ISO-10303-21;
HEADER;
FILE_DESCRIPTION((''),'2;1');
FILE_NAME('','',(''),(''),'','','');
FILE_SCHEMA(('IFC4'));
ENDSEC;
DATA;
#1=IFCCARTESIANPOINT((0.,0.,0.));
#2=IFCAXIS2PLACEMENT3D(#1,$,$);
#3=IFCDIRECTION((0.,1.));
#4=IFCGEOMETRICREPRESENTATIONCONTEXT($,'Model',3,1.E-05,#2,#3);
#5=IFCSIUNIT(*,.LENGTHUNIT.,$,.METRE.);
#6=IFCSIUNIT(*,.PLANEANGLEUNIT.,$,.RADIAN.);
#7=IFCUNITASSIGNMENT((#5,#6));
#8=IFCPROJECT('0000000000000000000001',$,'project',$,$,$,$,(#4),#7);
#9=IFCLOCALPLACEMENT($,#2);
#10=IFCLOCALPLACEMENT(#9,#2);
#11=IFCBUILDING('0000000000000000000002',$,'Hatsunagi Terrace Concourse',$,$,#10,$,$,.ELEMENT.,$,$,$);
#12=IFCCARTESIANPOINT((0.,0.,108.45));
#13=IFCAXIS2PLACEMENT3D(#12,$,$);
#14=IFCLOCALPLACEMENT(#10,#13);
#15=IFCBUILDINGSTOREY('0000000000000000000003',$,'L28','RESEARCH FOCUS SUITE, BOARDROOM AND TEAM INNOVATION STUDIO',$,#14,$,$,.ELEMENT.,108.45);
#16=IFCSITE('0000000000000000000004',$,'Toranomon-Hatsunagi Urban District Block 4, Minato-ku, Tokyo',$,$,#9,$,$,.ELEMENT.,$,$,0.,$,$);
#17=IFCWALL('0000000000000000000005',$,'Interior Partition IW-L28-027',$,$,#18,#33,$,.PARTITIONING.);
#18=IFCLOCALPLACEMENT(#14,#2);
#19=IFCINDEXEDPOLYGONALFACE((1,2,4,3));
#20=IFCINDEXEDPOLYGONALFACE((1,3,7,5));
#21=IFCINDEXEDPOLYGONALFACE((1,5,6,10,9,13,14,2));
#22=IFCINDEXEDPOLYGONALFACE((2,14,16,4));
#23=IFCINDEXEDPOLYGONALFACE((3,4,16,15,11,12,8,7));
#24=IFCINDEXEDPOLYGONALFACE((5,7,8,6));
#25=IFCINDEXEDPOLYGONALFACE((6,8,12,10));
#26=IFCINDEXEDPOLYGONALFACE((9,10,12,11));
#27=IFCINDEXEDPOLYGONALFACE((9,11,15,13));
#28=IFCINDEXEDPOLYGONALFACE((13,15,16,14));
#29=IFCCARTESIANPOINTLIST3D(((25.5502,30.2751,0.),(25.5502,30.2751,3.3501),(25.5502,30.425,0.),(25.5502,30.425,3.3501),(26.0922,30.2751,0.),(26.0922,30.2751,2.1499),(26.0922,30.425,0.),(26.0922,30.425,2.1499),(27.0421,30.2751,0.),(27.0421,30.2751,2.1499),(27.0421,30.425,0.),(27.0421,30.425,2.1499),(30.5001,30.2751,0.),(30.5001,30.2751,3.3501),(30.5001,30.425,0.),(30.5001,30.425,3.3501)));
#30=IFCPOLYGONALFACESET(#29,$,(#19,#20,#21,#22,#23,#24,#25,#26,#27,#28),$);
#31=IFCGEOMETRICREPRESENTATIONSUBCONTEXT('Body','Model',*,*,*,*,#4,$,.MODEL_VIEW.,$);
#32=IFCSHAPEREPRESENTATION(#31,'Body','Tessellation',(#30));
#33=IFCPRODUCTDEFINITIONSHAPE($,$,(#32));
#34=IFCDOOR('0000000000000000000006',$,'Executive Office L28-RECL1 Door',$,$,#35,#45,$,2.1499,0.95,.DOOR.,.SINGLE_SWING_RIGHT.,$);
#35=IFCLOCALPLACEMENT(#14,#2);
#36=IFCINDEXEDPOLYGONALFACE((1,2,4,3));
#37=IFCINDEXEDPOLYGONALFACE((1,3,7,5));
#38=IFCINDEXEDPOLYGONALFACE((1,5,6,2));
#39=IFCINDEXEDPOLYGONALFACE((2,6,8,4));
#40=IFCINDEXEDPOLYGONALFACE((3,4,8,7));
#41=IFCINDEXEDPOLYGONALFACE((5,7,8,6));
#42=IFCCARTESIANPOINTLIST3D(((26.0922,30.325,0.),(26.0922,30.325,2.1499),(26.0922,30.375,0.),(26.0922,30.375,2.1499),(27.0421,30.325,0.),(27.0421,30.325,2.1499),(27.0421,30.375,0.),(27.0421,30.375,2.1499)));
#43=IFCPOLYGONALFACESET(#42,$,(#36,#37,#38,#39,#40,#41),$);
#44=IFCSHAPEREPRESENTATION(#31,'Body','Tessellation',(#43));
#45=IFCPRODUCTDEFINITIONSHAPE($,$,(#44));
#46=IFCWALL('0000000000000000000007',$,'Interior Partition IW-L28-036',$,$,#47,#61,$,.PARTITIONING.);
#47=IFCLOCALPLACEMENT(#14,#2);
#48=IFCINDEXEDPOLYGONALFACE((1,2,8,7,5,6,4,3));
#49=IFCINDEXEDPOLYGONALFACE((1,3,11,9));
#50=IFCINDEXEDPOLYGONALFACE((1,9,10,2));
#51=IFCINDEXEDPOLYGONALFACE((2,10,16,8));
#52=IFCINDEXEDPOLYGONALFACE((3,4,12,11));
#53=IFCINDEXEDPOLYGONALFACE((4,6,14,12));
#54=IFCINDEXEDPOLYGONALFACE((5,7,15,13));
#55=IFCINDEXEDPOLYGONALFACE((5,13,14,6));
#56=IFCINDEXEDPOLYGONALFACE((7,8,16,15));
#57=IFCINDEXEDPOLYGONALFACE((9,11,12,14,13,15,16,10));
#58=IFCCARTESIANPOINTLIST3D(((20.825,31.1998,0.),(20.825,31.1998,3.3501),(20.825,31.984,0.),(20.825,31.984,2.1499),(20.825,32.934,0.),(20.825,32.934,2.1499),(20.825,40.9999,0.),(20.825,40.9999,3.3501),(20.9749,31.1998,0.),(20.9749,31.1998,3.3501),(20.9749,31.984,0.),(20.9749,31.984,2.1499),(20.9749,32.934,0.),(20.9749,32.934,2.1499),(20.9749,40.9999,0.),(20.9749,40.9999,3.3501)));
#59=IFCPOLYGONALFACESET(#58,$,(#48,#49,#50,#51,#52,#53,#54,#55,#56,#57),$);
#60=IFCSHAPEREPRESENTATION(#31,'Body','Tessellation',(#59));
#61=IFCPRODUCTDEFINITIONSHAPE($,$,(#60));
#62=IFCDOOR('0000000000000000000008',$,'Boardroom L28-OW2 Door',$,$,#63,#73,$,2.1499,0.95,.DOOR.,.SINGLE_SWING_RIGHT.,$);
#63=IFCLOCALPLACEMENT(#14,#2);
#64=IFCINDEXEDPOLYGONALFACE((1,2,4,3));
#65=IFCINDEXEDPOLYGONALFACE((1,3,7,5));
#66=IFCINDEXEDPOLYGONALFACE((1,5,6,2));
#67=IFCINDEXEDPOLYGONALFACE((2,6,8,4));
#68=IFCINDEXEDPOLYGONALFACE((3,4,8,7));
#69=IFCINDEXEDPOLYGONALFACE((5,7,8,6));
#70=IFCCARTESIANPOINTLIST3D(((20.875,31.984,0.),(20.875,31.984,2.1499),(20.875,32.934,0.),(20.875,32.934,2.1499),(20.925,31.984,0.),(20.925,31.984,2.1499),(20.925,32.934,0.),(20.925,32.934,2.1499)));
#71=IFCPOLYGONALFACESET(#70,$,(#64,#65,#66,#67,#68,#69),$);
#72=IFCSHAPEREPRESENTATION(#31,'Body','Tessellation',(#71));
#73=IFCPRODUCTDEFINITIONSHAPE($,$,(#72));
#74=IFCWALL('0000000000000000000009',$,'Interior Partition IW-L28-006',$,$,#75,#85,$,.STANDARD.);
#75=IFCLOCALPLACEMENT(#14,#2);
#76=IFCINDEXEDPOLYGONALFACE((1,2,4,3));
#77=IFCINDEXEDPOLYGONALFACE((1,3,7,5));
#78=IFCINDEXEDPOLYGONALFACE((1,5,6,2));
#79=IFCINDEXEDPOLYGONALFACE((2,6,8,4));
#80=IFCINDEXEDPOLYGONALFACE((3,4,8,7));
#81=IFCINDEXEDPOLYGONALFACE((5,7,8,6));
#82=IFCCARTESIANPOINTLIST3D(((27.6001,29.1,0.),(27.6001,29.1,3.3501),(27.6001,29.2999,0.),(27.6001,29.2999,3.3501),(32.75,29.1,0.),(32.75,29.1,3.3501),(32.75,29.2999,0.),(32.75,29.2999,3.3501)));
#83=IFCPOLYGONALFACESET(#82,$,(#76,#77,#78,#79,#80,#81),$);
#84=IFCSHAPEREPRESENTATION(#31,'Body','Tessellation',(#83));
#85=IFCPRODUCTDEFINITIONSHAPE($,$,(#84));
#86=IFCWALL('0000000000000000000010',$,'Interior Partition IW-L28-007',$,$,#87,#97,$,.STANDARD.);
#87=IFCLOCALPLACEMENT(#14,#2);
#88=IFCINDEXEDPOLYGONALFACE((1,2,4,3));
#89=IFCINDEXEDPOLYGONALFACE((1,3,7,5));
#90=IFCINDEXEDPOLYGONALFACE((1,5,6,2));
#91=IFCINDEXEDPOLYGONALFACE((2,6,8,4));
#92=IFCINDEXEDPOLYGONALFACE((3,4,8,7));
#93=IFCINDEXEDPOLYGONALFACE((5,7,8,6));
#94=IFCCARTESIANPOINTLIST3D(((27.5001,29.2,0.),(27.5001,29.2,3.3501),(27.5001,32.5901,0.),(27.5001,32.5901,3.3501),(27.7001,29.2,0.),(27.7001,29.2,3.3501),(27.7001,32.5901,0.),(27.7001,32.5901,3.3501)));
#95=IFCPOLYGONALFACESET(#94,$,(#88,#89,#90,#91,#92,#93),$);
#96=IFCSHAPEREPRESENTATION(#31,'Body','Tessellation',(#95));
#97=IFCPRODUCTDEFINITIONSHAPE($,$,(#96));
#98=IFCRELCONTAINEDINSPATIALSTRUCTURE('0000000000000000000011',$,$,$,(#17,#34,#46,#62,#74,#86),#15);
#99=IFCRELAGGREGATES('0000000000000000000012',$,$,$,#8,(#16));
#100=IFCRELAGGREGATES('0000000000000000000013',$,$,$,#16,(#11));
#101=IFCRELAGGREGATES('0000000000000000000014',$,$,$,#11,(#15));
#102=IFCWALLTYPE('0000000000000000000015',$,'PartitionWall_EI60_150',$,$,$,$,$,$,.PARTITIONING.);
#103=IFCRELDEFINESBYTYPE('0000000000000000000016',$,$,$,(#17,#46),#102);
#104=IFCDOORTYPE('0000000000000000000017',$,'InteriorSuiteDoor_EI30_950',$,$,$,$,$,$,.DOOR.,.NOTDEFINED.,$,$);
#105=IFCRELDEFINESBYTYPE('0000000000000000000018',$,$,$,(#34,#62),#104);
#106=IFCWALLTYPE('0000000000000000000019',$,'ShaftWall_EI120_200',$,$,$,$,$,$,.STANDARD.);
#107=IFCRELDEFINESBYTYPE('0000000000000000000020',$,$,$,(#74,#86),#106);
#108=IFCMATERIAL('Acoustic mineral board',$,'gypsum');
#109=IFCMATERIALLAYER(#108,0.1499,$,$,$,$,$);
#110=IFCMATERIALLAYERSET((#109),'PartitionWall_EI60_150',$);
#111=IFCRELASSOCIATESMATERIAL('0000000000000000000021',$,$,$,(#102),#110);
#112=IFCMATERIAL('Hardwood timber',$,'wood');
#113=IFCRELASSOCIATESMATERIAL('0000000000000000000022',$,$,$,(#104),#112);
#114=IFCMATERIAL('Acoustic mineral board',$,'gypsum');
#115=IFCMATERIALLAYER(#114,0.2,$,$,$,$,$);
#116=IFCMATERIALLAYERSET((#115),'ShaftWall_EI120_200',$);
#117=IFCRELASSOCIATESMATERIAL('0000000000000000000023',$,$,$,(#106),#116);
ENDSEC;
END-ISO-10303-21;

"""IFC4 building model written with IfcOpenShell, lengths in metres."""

from ifc_helpers import new_model, si_unit, direction, frame, frame_2d, origin, place, context, subcontext, project, spatial, rectangle, extrude, material, layer, layer_set, type_object, element, fill, save


model = new_model("IFC4")

# Units and contexts
model_context = context("Model", 3, precision=1e-05, world=origin(), true_north=direction((0.0, 1.0)))
body_context = subcontext(model_context, "Body", "Model", "MODEL_VIEW")
ifc_project = project(units=[si_unit("LENGTHUNIT", "METRE"), si_unit("PLANEANGLEUNIT", "RADIAN")], contexts=[model_context])

# Site, building, storey
site_placement = place(None, origin())
site = spatial("IfcSite", under=ifc_project, at=site_placement, Name="Toranomon-Hatsunagi Urban District Block 4, Minato-ku, Tokyo", CompositionType="ELEMENT", RefElevation=0.0)
building_placement = place(site_placement, origin())
building = spatial("IfcBuilding", under=site, at=building_placement, Name="Hatsunagi Terrace Concourse", CompositionType="ELEMENT")
storey_placement = place(building_placement, frame((0.0, 0.0, 108.45)))
storey = spatial("IfcBuildingStorey", under=building, at=storey_placement, Name="L28", Description="RESEARCH FOCUS SUITE, BOARDROOM AND TEAM INNOVATION STUDIO", CompositionType="ELEMENT", Elevation=108.45)

# Walls, openings, doors
ifc_material_1 = material(Name="Acoustic mineral board", Category="gypsum")
ifc_layer_1 = layer(ifc_material_1, 0.1499)
ifc_layer_set_1 = layer_set([ifc_layer_1], Name="PartitionWall_EI60_150")
wall_type_1 = type_object("IfcWallType", Name="PartitionWall_EI60_150", PredefinedType="PARTITIONING", material=ifc_layer_set_1)
wall_1_placement = place(storey_placement, frame((25.55, 30.3501, 0.0), z_axis=(0.0, 0.0, 1.0), x_axis=(1.0, 0.0, 0.0)))
wall_1 = element("IfcWall", 1, at=wall_1_placement, inside=storey, type_object=wall_type_1, Name="Interior Partition IW-L28-027", PredefinedType="PARTITIONING", context=body_context, shape_type="SweptSolid", body=[
    extrude(rectangle(XDim=4.95, YDim=0.1499, at=frame_2d((2.4751, 0.0))), origin(), (0.0, 0.0, 1.0), 3.3501),
])
opening_1_placement = place(wall_1_placement, frame((0.542, 0.0, 0.0)))
opening_1 = element("IfcOpeningElement", 2, at=opening_1_placement, cuts=wall_1, PredefinedType="OPENING", context=body_context, shape_type="SweptSolid", body=[
    extrude(rectangle(XDim=0.95, YDim=2.1499, at=frame_2d((0.4751, 1.075))), frame((0.0, 0.085, 0.0), z_axis=(0.0, -1.0, 0.0), x_axis=(1.0, 0.0, 0.0)), (0.0, 0.0, 1.0), 0.1699),
])
ifc_material_2 = material(Name="Hardwood timber", Category="wood")
door_type_1 = type_object("IfcDoorType", Name="InteriorSuiteDoor_EI30_950", OperationType="NOTDEFINED", PredefinedType="DOOR", material=ifc_material_2)
door_1_placement = place(opening_1_placement, origin())
door_1 = element("IfcDoor", 3, at=door_1_placement, inside=storey, type_object=door_type_1, Name="Executive Office L28-RECL1 Door", OperationType="SINGLE_SWING_RIGHT", OverallHeight=2.1499, OverallWidth=0.95, PredefinedType="DOOR", context=body_context, shape_type="SweptSolid", body=[
    extrude(rectangle(XDim=0.95, YDim=2.1499, at=frame_2d((0.4751, 1.075))), frame((0.0, 0.0249, 0.0), z_axis=(0.0, -1.0, 0.0), x_axis=(1.0, 0.0, 0.0)), (0.0, 0.0, 1.0), 0.05),
])
fill(opening_1, door_1)
wall_2_placement = place(storey_placement, frame((20.8999, 31.2, 0.0), z_axis=(0.0, 0.0, 1.0), x_axis=(0.0, 1.0, 0.0)))
wall_2 = element("IfcWall", 4, at=wall_2_placement, inside=storey, type_object=wall_type_1, Name="Interior Partition IW-L28-036", PredefinedType="PARTITIONING", context=body_context, shape_type="SweptSolid", body=[
    extrude(rectangle(XDim=9.8, YDim=0.1499, at=frame_2d((4.8999, 0.0))), origin(), (0.0, 0.0, 1.0), 3.3501),
])
opening_2_placement = place(wall_2_placement, frame((0.7839, 0.0, 0.0)))
opening_2 = element("IfcOpeningElement", 5, at=opening_2_placement, cuts=wall_2, PredefinedType="OPENING", context=body_context, shape_type="SweptSolid", body=[
    extrude(rectangle(XDim=0.95, YDim=2.1499, at=frame_2d((0.4751, 1.075))), frame((0.0, 0.085, 0.0), z_axis=(0.0, -1.0, 0.0), x_axis=(1.0, 0.0, 0.0)), (0.0, 0.0, 1.0), 0.1699),
])
door_2_placement = place(opening_2_placement, origin())
door_2 = element("IfcDoor", 6, at=door_2_placement, inside=storey, type_object=door_type_1, Name="Boardroom L28-OW2 Door", OperationType="SINGLE_SWING_RIGHT", OverallHeight=2.1499, OverallWidth=0.95, PredefinedType="DOOR", context=body_context, shape_type="SweptSolid", body=[
    extrude(rectangle(XDim=0.95, YDim=2.1499, at=frame_2d((0.4751, 1.075))), frame((0.0, 0.0249, 0.0), z_axis=(0.0, -1.0, 0.0), x_axis=(1.0, 0.0, 0.0)), (0.0, 0.0, 1.0), 0.05),
])
fill(opening_2, door_2)

# Walls
ifc_material_3 = material(Name="Acoustic mineral board", Category="gypsum")
ifc_layer_2 = layer(ifc_material_3, 0.2)
ifc_layer_set_2 = layer_set([ifc_layer_2], Name="ShaftWall_EI120_200")
wall_type_2 = type_object("IfcWallType", Name="ShaftWall_EI120_200", PredefinedType="STANDARD", material=ifc_layer_set_2)
wall_3_placement = place(storey_placement, frame((27.6001, 29.2, 0.0), z_axis=(0.0, 0.0, 1.0), x_axis=(1.0, 0.0, 0.0)))
element("IfcWall", 7, at=wall_3_placement, inside=storey, type_object=wall_type_2, Name="Interior Partition IW-L28-006", PredefinedType="STANDARD", context=body_context, shape_type="SweptSolid", body=[
    extrude(rectangle(XDim=5.1499, YDim=0.2, at=frame_2d((2.575, 0.0))), origin(), (0.0, 0.0, 1.0), 3.3501),
])
wall_4_placement = place(storey_placement, frame((27.6001, 29.2, 0.0), z_axis=(0.0, 0.0, 1.0), x_axis=(0.0, 1.0, 0.0)))
element("IfcWall", 8, at=wall_4_placement, inside=storey, type_object=wall_type_2, Name="Interior Partition IW-L28-007", PredefinedType="STANDARD", context=body_context, shape_type="SweptSolid", body=[
    extrude(rectangle(XDim=3.3901, YDim=0.2, at=frame_2d((1.6951, 0.0))), origin(), (0.0, 0.0, 1.0), 3.3501),
])

save(model, "model.ifc")
